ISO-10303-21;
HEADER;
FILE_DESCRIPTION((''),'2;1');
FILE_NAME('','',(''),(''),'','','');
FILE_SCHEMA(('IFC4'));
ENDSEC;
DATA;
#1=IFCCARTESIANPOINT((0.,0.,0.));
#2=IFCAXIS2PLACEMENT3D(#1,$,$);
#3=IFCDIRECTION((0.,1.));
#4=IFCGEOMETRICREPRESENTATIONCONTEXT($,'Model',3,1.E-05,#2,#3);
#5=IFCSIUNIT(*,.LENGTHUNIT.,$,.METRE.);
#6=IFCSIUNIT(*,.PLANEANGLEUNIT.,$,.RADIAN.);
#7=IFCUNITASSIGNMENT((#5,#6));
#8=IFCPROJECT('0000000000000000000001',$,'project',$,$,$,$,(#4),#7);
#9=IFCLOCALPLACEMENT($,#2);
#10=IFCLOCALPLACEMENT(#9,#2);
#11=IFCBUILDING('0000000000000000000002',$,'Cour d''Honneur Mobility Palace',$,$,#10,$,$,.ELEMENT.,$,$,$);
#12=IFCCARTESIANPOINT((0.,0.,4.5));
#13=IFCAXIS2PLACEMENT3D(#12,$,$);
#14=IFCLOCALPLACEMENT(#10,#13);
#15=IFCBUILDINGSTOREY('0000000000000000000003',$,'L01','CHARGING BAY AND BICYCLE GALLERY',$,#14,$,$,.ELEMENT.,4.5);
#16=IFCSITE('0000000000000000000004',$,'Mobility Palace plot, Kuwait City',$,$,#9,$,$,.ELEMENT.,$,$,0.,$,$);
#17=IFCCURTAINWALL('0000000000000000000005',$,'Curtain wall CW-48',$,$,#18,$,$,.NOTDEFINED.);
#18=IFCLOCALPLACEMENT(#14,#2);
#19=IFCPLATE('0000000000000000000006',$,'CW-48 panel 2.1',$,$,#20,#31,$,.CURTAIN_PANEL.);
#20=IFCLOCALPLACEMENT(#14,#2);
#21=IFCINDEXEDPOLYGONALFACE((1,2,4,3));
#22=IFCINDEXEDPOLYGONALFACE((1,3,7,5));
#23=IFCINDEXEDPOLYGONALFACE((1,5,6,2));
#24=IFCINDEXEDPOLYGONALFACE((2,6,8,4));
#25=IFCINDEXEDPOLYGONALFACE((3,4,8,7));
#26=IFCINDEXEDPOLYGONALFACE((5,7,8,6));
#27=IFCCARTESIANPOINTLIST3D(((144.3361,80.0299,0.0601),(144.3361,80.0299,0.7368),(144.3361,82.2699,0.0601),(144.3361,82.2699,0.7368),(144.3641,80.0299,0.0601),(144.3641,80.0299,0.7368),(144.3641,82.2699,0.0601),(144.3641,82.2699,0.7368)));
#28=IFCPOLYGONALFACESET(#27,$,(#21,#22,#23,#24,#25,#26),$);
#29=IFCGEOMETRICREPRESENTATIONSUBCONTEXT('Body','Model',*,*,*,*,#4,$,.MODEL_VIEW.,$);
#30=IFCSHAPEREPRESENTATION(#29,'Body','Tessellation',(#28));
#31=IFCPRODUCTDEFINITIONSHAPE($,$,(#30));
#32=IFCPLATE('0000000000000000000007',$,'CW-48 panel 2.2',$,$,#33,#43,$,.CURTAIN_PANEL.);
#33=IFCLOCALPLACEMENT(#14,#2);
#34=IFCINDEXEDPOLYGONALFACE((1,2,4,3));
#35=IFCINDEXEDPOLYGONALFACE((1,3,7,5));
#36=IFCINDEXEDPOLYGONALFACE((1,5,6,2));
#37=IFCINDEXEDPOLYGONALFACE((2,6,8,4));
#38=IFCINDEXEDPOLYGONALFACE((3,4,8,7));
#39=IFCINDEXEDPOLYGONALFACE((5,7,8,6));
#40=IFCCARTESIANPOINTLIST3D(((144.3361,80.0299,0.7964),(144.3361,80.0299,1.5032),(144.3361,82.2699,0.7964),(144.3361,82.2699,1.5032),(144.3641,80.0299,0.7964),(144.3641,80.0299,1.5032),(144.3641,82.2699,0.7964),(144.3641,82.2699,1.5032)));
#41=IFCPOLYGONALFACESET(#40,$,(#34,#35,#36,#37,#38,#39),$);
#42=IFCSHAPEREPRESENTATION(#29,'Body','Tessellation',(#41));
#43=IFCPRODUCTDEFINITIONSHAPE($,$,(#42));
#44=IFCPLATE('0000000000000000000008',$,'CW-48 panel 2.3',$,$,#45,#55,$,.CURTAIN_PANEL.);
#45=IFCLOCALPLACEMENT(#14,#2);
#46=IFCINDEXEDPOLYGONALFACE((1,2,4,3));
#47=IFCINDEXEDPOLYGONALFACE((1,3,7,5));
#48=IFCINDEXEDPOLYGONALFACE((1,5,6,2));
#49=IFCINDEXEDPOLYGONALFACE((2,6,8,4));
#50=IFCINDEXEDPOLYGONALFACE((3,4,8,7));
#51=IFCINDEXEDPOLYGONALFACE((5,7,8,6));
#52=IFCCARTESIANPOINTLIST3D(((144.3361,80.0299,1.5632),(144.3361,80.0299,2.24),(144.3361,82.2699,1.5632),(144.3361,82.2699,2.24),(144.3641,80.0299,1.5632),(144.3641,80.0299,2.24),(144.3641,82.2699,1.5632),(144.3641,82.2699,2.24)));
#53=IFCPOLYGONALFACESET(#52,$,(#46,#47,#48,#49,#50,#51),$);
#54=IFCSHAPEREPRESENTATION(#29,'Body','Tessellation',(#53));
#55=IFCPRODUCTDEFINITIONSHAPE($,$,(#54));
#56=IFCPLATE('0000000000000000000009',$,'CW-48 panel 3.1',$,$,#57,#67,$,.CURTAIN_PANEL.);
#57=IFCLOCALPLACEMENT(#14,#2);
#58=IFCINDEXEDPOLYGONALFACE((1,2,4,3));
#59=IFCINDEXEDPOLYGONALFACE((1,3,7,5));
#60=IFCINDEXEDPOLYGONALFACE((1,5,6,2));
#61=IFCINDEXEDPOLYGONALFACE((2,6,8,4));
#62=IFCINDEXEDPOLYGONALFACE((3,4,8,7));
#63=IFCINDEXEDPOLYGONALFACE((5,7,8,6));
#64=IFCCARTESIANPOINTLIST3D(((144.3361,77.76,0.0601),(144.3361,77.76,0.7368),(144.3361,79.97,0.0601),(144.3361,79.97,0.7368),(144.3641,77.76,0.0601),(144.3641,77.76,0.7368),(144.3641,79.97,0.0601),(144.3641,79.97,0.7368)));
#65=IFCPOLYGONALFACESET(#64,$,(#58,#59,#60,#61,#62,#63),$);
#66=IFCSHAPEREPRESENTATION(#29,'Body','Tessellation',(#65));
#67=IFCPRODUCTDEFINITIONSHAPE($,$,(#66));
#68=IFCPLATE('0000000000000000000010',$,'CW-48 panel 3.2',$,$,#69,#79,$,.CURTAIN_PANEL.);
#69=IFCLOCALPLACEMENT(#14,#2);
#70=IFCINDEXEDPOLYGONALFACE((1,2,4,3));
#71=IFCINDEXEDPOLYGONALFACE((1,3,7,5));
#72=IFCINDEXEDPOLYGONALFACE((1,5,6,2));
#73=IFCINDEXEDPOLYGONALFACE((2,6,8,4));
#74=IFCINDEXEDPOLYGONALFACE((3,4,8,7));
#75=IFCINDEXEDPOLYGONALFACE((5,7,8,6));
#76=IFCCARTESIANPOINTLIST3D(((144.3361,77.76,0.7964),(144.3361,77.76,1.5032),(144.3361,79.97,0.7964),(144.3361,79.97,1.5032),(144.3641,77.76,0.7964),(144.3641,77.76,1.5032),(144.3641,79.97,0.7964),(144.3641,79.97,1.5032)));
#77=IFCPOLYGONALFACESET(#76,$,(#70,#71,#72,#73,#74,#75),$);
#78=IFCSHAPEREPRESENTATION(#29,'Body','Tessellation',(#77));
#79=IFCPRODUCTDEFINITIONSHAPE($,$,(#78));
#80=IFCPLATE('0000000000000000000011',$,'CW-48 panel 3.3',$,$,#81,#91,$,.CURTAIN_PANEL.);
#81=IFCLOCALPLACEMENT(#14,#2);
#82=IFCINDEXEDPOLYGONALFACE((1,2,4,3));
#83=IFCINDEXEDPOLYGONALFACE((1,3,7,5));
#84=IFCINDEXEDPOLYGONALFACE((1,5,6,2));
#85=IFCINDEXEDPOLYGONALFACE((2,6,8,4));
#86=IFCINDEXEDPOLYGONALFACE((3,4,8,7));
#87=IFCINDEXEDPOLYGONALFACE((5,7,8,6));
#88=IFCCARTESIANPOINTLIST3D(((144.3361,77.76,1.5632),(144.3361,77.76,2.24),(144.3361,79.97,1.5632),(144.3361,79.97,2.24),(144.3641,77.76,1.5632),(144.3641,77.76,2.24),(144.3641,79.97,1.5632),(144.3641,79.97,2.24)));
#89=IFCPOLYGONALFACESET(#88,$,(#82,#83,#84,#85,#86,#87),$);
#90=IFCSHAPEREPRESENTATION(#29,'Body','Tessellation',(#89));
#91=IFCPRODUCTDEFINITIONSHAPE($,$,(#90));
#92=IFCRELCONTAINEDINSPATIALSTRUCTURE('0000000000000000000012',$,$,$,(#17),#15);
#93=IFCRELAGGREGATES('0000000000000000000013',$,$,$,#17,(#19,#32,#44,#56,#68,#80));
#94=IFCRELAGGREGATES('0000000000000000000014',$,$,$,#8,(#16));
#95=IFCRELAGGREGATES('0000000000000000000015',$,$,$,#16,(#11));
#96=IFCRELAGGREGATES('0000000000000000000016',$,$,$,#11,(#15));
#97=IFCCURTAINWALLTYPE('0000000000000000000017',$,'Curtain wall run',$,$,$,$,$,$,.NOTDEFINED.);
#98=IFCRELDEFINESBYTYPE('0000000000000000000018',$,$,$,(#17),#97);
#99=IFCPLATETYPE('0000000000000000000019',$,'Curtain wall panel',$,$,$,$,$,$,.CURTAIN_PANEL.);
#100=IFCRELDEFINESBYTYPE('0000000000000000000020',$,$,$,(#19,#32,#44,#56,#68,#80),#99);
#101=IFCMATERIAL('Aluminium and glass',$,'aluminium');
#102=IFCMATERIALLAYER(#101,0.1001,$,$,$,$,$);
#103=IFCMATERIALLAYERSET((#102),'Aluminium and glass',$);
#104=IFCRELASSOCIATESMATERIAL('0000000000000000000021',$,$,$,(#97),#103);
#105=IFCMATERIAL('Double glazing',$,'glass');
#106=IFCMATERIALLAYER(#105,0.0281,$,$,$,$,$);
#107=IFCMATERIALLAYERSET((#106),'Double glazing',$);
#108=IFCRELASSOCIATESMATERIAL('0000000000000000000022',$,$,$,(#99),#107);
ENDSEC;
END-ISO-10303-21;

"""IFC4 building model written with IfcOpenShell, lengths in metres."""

from ifc_helpers import new_model, si_unit, direction, frame, origin, origin_2d, place, context, subcontext, project, spatial, rectangle, extrude, material, layer, layer_set, type_object, element, aggregate, save


model = new_model("IFC4")

# Units and contexts
model_context = context("Model", 3, precision=1e-05, world=origin(), true_north=direction((0.0, 1.0)))
body_context = subcontext(model_context, "Body", "Model", "MODEL_VIEW")
ifc_project = project(units=[si_unit("LENGTHUNIT", "METRE"), si_unit("PLANEANGLEUNIT", "RADIAN")], contexts=[model_context])

# Site, building, storey
site_placement = place(None, origin())
site = spatial("IfcSite", under=ifc_project, at=site_placement, Name="Mobility Palace plot, Kuwait City", CompositionType="ELEMENT", RefElevation=0.0)
building_placement = place(site_placement, origin())
building = spatial("IfcBuilding", under=site, at=building_placement, Name="Cour d'Honneur Mobility Palace", CompositionType="ELEMENT")
storey_placement = place(building_placement, frame((0.0, 0.0, 4.5)))
storey = spatial("IfcBuildingStorey", under=building, at=storey_placement, Name="L01", Description="CHARGING BAY AND BICYCLE GALLERY", CompositionType="ELEMENT", Elevation=4.5)

# Curtain wall
ifc_material_1 = material(Name="Aluminium and glass", Category="aluminium")
ifc_layer_1 = layer(ifc_material_1, 0.1001)
ifc_layer_set_1 = layer_set([ifc_layer_1], Name="Aluminium and glass")
curtain_wall_type = type_object("IfcCurtainWallType", Name="Curtain wall run", PredefinedType="NOTDEFINED", material=ifc_layer_set_1)
curtain_wall_1_placement = place(storey_placement, origin())
curtain_wall_1 = element("IfcCurtainWall", 1, at=curtain_wall_1_placement, inside=storey, type_object=curtain_wall_type, Name="Curtain wall CW-48", PredefinedType="NOTDEFINED")

# Plates
ifc_material_2 = material(Name="Double glazing", Category="glass")
ifc_layer_2 = layer(ifc_material_2, 0.0281)
ifc_layer_set_2 = layer_set([ifc_layer_2], Name="Double glazing")
plate_type = type_object("IfcPlateType", Name="Curtain wall panel", PredefinedType="CURTAIN_PANEL", material=ifc_layer_set_2)
plate_1_placement = place(storey_placement, frame((144.3501, 81.1499, 0.0601), z_axis=(0.0, 0.0, 1.0), x_axis=(0.0, -1.0, 0.0)))
plate_1 = element("IfcPlate", 2, at=plate_1_placement, type_object=plate_type, Name="CW-48 panel 2.1", PredefinedType="CURTAIN_PANEL", context=body_context, shape_type="SweptSolid", body=[
    extrude(rectangle(XDim=2.24, YDim=0.0281, at=origin_2d()), origin(), (0.0, 0.0, 1.0), 0.6768),
])
plate_2_placement = place(storey_placement, frame((144.3501, 81.1499, 0.7964), z_axis=(0.0, 0.0, 1.0), x_axis=(0.0, -1.0, 0.0)))
plate_2 = element("IfcPlate", 3, at=plate_2_placement, type_object=plate_type, Name="CW-48 panel 2.2", PredefinedType="CURTAIN_PANEL", context=body_context, shape_type="SweptSolid", body=[
    extrude(rectangle(XDim=2.24, YDim=0.0281, at=origin_2d()), origin(), (0.0, 0.0, 1.0), 0.7068),
])
plate_3_placement = place(storey_placement, frame((144.3501, 81.1499, 1.5632), z_axis=(0.0, 0.0, 1.0), x_axis=(0.0, -1.0, 0.0)))
plate_3 = element("IfcPlate", 4, at=plate_3_placement, type_object=plate_type, Name="CW-48 panel 2.3", PredefinedType="CURTAIN_PANEL", context=body_context, shape_type="SweptSolid", body=[
    extrude(rectangle(XDim=2.24, YDim=0.0281, at=origin_2d()), origin(), (0.0, 0.0, 1.0), 0.6768),
])
plate_4_placement = place(storey_placement, frame((144.3501, 78.865, 0.0601), z_axis=(0.0, 0.0, 1.0), x_axis=(0.0, -1.0, 0.0)))
plate_4 = element("IfcPlate", 5, at=plate_4_placement, type_object=plate_type, Name="CW-48 panel 3.1", PredefinedType="CURTAIN_PANEL", context=body_context, shape_type="SweptSolid", body=[
    extrude(rectangle(XDim=2.21, YDim=0.0281, at=origin_2d()), origin(), (0.0, 0.0, 1.0), 0.6768),
])
plate_5_placement = place(storey_placement, frame((144.3501, 78.865, 0.7964), z_axis=(0.0, 0.0, 1.0), x_axis=(0.0, -1.0, 0.0)))
plate_5 = element("IfcPlate", 6, at=plate_5_placement, type_object=plate_type, Name="CW-48 panel 3.2", PredefinedType="CURTAIN_PANEL", context=body_context, shape_type="SweptSolid", body=[
    extrude(rectangle(XDim=2.21, YDim=0.0281, at=origin_2d()), origin(), (0.0, 0.0, 1.0), 0.7068),
])
plate_6_placement = place(storey_placement, frame((144.3501, 78.865, 1.5632), z_axis=(0.0, 0.0, 1.0), x_axis=(0.0, -1.0, 0.0)))
plate_6 = element("IfcPlate", 7, at=plate_6_placement, type_object=plate_type, Name="CW-48 panel 3.3", PredefinedType="CURTAIN_PANEL", context=body_context, shape_type="SweptSolid", body=[
    extrude(rectangle(XDim=2.21, YDim=0.0281, at=origin_2d()), origin(), (0.0, 0.0, 1.0), 0.6768),
])
aggregate(curtain_wall_1, [plate_1, plate_2, plate_3, plate_4, plate_5, plate_6])

save(model, "model.ifc")
